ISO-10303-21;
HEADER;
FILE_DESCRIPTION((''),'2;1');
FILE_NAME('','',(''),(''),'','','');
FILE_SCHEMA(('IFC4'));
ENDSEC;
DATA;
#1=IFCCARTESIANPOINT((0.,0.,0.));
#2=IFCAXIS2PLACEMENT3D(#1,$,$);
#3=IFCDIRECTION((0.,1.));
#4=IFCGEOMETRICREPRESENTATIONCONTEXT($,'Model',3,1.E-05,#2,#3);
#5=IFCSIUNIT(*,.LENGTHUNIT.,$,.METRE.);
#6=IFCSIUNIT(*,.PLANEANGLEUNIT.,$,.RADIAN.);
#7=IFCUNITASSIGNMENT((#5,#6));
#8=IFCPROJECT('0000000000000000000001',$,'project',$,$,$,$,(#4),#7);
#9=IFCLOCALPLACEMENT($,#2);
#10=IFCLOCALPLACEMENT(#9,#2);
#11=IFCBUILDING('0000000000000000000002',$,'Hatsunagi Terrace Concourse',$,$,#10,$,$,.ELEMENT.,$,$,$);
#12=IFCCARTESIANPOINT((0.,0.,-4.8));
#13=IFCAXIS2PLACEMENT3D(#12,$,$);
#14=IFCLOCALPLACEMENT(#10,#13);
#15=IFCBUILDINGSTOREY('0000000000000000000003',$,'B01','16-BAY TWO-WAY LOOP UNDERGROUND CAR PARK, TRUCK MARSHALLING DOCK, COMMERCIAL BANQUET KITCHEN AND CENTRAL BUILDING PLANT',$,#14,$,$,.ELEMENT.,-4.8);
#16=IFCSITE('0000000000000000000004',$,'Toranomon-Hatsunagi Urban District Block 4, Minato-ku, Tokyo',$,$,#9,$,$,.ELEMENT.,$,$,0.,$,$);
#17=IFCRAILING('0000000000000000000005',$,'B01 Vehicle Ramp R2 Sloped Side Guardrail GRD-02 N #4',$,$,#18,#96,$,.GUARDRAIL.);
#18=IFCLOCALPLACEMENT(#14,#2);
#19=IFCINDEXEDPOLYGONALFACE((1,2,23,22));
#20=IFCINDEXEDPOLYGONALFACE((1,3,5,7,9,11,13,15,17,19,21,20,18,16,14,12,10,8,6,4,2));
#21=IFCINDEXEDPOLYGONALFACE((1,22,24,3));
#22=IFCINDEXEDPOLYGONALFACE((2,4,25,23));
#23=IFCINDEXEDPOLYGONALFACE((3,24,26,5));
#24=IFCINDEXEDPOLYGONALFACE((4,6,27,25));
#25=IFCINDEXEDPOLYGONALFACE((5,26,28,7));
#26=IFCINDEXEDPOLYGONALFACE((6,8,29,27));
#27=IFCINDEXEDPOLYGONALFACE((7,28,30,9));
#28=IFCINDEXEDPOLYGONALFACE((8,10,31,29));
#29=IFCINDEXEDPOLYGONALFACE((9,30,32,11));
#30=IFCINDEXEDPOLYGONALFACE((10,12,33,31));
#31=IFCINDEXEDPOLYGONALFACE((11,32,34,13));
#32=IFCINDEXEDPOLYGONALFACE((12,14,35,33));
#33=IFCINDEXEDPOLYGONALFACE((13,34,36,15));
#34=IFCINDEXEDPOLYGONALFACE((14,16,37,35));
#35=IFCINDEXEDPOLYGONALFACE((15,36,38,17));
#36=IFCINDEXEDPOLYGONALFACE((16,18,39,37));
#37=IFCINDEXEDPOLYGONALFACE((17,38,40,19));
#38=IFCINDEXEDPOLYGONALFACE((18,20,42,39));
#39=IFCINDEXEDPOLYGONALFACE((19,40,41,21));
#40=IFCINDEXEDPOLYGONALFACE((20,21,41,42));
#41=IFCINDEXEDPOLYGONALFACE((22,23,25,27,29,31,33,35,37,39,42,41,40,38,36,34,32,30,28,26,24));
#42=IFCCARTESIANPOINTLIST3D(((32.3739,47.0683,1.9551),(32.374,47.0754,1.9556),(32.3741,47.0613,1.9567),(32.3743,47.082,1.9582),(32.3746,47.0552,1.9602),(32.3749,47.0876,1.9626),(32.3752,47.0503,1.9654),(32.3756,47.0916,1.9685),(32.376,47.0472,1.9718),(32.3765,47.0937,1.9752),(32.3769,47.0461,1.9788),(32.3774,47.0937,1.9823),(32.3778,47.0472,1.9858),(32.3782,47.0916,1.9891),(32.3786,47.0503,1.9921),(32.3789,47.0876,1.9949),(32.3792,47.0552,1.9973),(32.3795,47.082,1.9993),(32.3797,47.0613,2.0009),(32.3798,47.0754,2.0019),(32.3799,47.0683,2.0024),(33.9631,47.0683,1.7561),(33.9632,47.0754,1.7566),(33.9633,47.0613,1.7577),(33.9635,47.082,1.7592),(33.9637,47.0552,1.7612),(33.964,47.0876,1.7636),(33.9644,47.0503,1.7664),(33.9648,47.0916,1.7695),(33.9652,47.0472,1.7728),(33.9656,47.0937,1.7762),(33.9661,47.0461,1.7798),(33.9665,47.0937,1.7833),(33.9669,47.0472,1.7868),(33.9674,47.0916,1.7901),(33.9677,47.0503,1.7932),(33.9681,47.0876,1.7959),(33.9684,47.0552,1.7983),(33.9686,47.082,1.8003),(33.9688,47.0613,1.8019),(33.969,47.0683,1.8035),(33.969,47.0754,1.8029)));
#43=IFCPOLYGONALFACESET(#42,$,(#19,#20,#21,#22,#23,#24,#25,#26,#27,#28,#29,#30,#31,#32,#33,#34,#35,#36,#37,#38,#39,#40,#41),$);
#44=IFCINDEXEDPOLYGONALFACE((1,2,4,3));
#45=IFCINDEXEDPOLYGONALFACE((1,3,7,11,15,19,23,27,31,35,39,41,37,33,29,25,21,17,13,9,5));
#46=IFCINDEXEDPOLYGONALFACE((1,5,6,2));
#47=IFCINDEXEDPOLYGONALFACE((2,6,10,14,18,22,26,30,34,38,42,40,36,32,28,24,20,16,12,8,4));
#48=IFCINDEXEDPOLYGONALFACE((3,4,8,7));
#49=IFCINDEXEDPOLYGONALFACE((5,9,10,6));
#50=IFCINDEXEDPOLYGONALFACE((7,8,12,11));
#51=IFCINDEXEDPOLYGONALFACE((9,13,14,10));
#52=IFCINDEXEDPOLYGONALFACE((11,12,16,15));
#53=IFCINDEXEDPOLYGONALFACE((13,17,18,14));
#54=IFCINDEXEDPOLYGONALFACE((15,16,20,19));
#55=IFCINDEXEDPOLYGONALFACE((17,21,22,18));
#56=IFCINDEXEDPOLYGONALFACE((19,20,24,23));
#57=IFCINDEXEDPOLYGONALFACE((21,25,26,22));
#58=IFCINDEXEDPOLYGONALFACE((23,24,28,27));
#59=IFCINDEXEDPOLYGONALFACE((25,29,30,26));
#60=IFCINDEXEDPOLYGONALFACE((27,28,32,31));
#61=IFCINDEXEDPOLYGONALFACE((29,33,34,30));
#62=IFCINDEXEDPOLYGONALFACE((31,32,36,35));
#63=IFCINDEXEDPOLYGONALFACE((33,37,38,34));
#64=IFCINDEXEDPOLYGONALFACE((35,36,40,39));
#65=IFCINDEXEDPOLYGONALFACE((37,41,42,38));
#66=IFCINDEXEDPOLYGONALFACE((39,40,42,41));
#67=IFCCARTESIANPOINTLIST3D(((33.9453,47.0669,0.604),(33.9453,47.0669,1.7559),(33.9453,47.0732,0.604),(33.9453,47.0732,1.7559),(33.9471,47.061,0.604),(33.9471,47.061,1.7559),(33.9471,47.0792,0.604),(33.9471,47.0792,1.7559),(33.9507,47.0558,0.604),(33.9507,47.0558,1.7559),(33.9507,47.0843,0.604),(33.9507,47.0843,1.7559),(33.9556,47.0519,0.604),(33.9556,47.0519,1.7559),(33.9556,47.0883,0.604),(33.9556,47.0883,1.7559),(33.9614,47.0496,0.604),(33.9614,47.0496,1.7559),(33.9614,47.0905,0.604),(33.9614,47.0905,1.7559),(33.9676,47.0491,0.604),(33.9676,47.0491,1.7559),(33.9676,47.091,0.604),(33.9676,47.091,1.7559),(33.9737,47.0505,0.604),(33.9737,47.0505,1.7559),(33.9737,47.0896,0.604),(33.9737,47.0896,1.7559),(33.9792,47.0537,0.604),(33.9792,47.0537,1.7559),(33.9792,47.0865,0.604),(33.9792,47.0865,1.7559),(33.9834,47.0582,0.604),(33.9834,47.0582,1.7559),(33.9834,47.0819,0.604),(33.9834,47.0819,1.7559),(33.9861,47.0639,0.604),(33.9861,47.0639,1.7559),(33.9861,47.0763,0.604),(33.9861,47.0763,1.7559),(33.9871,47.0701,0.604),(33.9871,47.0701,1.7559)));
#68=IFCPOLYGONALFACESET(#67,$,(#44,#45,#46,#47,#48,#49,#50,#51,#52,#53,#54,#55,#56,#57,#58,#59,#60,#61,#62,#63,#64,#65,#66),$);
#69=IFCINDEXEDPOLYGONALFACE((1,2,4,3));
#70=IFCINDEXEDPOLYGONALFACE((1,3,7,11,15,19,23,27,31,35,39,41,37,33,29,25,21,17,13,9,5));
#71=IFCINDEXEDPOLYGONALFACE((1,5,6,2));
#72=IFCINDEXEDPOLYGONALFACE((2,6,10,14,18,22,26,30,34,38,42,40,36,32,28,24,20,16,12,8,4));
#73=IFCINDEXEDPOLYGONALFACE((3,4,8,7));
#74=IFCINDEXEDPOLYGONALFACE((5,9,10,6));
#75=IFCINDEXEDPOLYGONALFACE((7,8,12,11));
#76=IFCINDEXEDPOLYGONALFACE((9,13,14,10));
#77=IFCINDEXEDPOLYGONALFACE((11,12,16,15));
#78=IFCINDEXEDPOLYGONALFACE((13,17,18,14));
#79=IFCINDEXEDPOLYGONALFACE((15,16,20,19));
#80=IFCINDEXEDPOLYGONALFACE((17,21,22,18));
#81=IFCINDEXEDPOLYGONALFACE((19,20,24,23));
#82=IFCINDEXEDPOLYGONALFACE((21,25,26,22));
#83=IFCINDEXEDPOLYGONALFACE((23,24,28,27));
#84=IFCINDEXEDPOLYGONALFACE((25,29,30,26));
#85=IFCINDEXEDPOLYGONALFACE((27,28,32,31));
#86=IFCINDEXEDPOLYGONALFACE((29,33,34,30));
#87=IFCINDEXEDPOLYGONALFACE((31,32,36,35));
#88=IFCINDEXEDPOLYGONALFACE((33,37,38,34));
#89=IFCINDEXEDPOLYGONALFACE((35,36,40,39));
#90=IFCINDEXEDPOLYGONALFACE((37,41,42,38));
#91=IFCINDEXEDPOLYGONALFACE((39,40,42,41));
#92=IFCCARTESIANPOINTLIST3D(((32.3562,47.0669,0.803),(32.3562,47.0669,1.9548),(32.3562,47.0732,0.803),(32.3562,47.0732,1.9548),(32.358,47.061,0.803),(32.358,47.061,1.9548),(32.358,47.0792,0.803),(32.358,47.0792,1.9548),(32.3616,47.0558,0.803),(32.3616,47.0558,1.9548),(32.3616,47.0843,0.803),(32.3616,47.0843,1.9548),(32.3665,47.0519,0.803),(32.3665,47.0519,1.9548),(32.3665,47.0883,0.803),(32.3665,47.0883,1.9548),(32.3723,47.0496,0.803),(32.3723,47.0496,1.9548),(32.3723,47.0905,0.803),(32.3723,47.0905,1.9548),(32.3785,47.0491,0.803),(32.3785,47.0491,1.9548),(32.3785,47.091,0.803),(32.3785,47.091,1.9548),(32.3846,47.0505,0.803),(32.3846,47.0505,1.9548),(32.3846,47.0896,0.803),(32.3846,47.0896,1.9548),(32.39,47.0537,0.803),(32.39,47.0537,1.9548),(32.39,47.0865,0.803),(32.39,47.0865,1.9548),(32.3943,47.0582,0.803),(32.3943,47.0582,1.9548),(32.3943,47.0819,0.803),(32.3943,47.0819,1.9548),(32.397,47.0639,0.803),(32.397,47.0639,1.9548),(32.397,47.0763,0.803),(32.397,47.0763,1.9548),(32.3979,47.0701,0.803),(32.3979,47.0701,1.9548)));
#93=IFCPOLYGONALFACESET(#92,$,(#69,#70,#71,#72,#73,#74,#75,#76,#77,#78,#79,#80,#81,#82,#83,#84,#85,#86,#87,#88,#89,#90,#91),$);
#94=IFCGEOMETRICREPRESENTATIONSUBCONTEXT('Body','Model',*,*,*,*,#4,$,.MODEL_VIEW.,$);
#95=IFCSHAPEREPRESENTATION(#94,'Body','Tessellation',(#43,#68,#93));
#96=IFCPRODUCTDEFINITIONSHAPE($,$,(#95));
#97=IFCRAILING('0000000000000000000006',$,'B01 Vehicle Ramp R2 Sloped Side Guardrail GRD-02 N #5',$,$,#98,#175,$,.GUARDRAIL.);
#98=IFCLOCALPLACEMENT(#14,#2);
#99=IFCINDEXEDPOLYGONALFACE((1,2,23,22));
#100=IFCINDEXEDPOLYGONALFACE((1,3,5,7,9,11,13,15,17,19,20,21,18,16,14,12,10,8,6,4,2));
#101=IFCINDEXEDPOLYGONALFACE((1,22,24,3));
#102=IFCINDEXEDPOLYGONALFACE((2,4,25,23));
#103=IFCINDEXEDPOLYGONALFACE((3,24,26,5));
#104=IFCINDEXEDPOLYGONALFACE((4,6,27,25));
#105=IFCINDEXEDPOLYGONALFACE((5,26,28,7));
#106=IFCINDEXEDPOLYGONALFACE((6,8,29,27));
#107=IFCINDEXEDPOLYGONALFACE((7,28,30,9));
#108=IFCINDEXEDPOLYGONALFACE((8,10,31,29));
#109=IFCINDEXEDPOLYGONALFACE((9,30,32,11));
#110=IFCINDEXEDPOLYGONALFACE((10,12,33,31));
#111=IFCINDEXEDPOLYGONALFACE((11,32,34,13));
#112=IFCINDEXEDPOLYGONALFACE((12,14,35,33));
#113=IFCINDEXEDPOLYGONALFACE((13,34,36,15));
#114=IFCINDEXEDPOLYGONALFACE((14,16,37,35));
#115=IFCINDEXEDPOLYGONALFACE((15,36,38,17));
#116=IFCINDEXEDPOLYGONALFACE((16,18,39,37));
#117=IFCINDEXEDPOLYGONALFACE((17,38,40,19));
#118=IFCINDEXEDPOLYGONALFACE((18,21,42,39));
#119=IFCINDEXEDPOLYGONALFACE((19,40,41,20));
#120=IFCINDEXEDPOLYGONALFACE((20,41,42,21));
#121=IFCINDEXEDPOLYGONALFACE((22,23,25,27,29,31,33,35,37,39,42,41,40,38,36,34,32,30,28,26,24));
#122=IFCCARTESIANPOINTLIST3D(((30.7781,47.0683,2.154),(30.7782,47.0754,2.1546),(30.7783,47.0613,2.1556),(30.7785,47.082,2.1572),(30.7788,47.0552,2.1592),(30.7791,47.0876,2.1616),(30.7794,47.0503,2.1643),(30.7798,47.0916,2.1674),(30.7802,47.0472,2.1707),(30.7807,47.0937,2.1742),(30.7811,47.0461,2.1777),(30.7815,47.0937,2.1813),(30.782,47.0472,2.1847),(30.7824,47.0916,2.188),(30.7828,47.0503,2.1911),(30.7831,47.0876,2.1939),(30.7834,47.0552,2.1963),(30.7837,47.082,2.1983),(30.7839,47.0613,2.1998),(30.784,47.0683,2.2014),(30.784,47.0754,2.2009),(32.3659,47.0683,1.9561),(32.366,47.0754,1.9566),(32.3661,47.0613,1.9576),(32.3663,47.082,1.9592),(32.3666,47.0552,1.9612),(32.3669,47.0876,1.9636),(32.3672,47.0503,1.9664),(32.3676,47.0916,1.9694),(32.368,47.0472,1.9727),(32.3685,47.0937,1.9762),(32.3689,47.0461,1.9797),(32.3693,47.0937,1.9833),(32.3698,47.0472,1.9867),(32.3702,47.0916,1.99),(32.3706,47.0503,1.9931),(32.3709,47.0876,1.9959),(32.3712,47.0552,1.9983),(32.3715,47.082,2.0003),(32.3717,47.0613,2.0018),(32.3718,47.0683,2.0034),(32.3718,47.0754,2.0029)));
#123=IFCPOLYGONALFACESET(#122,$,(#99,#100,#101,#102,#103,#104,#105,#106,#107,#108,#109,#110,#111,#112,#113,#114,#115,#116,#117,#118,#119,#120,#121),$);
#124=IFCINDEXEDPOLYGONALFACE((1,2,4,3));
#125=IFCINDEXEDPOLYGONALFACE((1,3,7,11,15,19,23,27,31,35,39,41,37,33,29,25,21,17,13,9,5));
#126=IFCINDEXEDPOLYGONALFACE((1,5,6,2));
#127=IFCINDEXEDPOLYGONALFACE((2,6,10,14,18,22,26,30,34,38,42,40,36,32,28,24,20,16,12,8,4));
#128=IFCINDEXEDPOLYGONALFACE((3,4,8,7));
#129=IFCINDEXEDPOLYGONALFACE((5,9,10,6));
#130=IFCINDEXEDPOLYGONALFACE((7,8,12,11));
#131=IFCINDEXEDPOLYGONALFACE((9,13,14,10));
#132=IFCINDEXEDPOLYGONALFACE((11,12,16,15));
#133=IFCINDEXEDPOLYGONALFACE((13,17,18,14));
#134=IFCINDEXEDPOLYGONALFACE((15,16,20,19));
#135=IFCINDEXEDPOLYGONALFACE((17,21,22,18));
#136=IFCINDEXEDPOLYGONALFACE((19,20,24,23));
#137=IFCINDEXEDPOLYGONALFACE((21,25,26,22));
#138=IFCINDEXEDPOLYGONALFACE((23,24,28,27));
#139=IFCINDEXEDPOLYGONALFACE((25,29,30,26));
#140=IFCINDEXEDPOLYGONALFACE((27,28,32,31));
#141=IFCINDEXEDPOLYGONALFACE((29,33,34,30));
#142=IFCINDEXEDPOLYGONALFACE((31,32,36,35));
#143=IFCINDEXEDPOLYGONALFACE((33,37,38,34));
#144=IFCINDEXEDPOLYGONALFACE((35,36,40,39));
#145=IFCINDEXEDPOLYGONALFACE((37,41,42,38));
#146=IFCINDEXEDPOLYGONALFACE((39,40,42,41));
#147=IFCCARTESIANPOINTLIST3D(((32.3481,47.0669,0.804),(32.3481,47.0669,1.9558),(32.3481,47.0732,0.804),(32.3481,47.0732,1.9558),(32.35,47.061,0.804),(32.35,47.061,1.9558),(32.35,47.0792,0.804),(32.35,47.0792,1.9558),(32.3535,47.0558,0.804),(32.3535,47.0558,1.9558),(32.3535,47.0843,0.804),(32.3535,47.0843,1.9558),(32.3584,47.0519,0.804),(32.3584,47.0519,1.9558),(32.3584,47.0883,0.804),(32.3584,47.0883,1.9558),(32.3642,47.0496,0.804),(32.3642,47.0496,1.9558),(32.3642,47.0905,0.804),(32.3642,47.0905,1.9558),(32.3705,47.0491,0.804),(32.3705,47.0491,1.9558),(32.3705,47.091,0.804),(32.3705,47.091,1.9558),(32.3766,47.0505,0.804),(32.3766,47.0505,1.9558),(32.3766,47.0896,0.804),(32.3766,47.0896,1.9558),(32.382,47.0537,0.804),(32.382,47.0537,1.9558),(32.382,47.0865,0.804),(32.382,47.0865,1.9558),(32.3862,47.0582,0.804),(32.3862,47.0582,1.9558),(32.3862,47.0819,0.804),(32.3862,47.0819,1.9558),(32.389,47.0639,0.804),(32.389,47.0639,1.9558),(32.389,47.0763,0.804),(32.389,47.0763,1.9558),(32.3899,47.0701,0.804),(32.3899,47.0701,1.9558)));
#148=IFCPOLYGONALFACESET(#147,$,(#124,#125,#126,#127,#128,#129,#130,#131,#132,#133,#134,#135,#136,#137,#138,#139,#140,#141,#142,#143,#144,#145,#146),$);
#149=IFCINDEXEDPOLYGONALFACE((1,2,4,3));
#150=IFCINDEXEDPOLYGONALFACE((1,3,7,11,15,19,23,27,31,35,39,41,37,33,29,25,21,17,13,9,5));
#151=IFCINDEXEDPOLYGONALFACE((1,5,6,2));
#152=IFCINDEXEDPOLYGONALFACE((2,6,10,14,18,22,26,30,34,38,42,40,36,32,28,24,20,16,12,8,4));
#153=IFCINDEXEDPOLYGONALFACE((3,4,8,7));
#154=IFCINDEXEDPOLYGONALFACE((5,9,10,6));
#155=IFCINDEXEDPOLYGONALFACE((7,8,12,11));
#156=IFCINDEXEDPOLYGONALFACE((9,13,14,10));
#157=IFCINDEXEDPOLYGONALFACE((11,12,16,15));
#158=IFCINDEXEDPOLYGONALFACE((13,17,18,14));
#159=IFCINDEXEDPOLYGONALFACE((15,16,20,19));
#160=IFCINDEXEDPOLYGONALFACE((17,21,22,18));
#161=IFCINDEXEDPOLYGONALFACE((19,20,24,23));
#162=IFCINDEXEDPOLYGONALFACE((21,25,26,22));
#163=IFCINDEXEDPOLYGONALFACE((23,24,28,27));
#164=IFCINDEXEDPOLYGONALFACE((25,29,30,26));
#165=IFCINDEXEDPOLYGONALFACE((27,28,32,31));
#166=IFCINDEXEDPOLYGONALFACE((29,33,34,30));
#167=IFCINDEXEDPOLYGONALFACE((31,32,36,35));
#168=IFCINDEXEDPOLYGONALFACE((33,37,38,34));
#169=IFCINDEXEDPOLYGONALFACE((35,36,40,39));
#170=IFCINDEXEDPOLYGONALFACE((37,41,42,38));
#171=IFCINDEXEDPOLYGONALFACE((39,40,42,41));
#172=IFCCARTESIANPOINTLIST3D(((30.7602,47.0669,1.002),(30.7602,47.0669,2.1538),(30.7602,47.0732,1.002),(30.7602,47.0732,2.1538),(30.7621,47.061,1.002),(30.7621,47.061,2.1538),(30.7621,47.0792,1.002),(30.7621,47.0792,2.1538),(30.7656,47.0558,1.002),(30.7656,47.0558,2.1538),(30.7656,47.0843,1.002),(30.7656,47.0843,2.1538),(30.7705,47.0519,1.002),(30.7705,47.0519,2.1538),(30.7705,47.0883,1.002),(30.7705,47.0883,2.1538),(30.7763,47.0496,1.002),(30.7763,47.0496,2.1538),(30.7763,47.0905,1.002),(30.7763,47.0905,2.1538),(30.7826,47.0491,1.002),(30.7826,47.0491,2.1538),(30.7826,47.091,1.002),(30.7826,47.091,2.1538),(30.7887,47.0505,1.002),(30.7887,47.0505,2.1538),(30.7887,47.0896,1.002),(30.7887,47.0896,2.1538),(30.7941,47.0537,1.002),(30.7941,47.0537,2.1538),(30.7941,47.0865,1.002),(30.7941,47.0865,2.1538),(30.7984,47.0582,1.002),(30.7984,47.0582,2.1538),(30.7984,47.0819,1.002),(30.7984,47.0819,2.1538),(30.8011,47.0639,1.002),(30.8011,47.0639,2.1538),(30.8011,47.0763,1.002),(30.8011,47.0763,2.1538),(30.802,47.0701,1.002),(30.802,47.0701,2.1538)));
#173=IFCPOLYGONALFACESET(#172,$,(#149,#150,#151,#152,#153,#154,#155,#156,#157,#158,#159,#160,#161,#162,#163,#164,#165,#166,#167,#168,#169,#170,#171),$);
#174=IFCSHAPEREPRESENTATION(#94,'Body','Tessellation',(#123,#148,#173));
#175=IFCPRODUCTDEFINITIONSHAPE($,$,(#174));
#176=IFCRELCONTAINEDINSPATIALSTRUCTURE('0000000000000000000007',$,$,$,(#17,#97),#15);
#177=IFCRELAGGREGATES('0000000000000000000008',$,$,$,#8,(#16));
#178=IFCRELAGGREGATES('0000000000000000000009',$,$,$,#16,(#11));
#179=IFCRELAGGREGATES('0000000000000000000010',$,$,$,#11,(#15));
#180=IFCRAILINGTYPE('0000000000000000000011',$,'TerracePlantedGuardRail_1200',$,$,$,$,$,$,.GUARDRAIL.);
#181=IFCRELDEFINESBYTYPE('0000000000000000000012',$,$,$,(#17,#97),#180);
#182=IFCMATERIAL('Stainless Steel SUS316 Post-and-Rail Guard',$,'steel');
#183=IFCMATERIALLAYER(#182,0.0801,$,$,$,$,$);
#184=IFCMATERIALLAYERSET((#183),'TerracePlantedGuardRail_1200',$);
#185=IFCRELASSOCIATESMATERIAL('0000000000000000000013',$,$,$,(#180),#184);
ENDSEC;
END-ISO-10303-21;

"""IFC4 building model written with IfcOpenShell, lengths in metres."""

from ifc_helpers import new_model, si_unit, direction, frame, origin, origin_2d, place, context, subcontext, project, spatial, circle, extrude, material, layer, layer_set, type_object, element, save


model = new_model("IFC4")

# Units and contexts
model_context = context("Model", 3, precision=1e-05, world=origin(), true_north=direction((0.0, 1.0)))
body_context = subcontext(model_context, "Body", "Model", "MODEL_VIEW")
ifc_project = project(units=[si_unit("LENGTHUNIT", "METRE"), si_unit("PLANEANGLEUNIT", "RADIAN")], contexts=[model_context])

# Site, building, storey
site_placement = place(None, origin())
site = spatial("IfcSite", under=ifc_project, at=site_placement, Name="Toranomon-Hatsunagi Urban District Block 4, Minato-ku, Tokyo", CompositionType="ELEMENT", RefElevation=0.0)
building_placement = place(site_placement, origin())
building = spatial("IfcBuilding", under=site, at=building_placement, Name="Hatsunagi Terrace Concourse", CompositionType="ELEMENT")
storey_placement = place(building_placement, frame((0.0, 0.0, -4.8)))
storey = spatial("IfcBuildingStorey", under=building, at=storey_placement, Name="B01", Description="16-BAY TWO-WAY LOOP UNDERGROUND CAR PARK, TRUCK MARSHALLING DOCK, COMMERCIAL BANQUET KITCHEN AND CENTRAL BUILDING PLANT", CompositionType="ELEMENT", Elevation=-4.8)

# Railings
ifc_material_1 = material(Name="Stainless Steel SUS316 Post-and-Rail Guard", Category="steel")
ifc_layer = layer(ifc_material_1, 0.0801)
ifc_layer_set = layer_set([ifc_layer], Name="TerracePlantedGuardRail_1200")
railing_type = type_object("IfcRailingType", Name="TerracePlantedGuardRail_1200", PredefinedType="GUARDRAIL", material=ifc_layer_set)
railing_1_placement = place(storey_placement, frame((33.9661, 47.0701, 0.604)))
element("IfcRailing", 1, at=railing_1_placement, inside=storey, type_object=railing_type, Name="B01 Vehicle Ramp R2 Sloped Side Guardrail GRD-02 N #4", PredefinedType="GUARDRAIL", context=body_context, shape_type="SweptSolid", body=[
    extrude(circle(Radius=0.0239, at=origin_2d()), frame((0.0, 0.0, 1.1758), z_axis=(-0.992252, 0.0, 0.124241), x_axis=(0.0, -1.0, 0.0)), (0.0, 0.0, 1.0), 1.6016),
    extrude(circle(Radius=0.021, at=origin_2d()), origin(), (0.0, 0.0, 1.0), 1.1519),
    extrude(circle(Radius=0.021, at=origin_2d()), frame((-1.5891, 0.0, 0.199)), (0.0, 0.0, 1.0), 1.1519),
])
railing_2_placement = place(storey_placement, frame((32.3689, 47.0701, 0.804)))
element("IfcRailing", 2, at=railing_2_placement, inside=storey, type_object=railing_type, Name="B01 Vehicle Ramp R2 Sloped Side Guardrail GRD-02 N #5", PredefinedType="GUARDRAIL", context=body_context, shape_type="SweptSolid", body=[
    extrude(circle(Radius=0.0239, at=origin_2d()), frame((0.0, 0.0, 1.1758), z_axis=(-0.992315, 0.0, 0.123734), x_axis=(0.0, -1.0, 0.0)), (0.0, 0.0, 1.0), 1.6001),
    extrude(circle(Radius=0.021, at=origin_2d()), origin(), (0.0, 0.0, 1.0), 1.1519),
    extrude(circle(Radius=0.021, at=origin_2d()), frame((-1.5879, 0.0, 0.198)), (0.0, 0.0, 1.0), 1.1519),
])

save(model, "model.ifc")
